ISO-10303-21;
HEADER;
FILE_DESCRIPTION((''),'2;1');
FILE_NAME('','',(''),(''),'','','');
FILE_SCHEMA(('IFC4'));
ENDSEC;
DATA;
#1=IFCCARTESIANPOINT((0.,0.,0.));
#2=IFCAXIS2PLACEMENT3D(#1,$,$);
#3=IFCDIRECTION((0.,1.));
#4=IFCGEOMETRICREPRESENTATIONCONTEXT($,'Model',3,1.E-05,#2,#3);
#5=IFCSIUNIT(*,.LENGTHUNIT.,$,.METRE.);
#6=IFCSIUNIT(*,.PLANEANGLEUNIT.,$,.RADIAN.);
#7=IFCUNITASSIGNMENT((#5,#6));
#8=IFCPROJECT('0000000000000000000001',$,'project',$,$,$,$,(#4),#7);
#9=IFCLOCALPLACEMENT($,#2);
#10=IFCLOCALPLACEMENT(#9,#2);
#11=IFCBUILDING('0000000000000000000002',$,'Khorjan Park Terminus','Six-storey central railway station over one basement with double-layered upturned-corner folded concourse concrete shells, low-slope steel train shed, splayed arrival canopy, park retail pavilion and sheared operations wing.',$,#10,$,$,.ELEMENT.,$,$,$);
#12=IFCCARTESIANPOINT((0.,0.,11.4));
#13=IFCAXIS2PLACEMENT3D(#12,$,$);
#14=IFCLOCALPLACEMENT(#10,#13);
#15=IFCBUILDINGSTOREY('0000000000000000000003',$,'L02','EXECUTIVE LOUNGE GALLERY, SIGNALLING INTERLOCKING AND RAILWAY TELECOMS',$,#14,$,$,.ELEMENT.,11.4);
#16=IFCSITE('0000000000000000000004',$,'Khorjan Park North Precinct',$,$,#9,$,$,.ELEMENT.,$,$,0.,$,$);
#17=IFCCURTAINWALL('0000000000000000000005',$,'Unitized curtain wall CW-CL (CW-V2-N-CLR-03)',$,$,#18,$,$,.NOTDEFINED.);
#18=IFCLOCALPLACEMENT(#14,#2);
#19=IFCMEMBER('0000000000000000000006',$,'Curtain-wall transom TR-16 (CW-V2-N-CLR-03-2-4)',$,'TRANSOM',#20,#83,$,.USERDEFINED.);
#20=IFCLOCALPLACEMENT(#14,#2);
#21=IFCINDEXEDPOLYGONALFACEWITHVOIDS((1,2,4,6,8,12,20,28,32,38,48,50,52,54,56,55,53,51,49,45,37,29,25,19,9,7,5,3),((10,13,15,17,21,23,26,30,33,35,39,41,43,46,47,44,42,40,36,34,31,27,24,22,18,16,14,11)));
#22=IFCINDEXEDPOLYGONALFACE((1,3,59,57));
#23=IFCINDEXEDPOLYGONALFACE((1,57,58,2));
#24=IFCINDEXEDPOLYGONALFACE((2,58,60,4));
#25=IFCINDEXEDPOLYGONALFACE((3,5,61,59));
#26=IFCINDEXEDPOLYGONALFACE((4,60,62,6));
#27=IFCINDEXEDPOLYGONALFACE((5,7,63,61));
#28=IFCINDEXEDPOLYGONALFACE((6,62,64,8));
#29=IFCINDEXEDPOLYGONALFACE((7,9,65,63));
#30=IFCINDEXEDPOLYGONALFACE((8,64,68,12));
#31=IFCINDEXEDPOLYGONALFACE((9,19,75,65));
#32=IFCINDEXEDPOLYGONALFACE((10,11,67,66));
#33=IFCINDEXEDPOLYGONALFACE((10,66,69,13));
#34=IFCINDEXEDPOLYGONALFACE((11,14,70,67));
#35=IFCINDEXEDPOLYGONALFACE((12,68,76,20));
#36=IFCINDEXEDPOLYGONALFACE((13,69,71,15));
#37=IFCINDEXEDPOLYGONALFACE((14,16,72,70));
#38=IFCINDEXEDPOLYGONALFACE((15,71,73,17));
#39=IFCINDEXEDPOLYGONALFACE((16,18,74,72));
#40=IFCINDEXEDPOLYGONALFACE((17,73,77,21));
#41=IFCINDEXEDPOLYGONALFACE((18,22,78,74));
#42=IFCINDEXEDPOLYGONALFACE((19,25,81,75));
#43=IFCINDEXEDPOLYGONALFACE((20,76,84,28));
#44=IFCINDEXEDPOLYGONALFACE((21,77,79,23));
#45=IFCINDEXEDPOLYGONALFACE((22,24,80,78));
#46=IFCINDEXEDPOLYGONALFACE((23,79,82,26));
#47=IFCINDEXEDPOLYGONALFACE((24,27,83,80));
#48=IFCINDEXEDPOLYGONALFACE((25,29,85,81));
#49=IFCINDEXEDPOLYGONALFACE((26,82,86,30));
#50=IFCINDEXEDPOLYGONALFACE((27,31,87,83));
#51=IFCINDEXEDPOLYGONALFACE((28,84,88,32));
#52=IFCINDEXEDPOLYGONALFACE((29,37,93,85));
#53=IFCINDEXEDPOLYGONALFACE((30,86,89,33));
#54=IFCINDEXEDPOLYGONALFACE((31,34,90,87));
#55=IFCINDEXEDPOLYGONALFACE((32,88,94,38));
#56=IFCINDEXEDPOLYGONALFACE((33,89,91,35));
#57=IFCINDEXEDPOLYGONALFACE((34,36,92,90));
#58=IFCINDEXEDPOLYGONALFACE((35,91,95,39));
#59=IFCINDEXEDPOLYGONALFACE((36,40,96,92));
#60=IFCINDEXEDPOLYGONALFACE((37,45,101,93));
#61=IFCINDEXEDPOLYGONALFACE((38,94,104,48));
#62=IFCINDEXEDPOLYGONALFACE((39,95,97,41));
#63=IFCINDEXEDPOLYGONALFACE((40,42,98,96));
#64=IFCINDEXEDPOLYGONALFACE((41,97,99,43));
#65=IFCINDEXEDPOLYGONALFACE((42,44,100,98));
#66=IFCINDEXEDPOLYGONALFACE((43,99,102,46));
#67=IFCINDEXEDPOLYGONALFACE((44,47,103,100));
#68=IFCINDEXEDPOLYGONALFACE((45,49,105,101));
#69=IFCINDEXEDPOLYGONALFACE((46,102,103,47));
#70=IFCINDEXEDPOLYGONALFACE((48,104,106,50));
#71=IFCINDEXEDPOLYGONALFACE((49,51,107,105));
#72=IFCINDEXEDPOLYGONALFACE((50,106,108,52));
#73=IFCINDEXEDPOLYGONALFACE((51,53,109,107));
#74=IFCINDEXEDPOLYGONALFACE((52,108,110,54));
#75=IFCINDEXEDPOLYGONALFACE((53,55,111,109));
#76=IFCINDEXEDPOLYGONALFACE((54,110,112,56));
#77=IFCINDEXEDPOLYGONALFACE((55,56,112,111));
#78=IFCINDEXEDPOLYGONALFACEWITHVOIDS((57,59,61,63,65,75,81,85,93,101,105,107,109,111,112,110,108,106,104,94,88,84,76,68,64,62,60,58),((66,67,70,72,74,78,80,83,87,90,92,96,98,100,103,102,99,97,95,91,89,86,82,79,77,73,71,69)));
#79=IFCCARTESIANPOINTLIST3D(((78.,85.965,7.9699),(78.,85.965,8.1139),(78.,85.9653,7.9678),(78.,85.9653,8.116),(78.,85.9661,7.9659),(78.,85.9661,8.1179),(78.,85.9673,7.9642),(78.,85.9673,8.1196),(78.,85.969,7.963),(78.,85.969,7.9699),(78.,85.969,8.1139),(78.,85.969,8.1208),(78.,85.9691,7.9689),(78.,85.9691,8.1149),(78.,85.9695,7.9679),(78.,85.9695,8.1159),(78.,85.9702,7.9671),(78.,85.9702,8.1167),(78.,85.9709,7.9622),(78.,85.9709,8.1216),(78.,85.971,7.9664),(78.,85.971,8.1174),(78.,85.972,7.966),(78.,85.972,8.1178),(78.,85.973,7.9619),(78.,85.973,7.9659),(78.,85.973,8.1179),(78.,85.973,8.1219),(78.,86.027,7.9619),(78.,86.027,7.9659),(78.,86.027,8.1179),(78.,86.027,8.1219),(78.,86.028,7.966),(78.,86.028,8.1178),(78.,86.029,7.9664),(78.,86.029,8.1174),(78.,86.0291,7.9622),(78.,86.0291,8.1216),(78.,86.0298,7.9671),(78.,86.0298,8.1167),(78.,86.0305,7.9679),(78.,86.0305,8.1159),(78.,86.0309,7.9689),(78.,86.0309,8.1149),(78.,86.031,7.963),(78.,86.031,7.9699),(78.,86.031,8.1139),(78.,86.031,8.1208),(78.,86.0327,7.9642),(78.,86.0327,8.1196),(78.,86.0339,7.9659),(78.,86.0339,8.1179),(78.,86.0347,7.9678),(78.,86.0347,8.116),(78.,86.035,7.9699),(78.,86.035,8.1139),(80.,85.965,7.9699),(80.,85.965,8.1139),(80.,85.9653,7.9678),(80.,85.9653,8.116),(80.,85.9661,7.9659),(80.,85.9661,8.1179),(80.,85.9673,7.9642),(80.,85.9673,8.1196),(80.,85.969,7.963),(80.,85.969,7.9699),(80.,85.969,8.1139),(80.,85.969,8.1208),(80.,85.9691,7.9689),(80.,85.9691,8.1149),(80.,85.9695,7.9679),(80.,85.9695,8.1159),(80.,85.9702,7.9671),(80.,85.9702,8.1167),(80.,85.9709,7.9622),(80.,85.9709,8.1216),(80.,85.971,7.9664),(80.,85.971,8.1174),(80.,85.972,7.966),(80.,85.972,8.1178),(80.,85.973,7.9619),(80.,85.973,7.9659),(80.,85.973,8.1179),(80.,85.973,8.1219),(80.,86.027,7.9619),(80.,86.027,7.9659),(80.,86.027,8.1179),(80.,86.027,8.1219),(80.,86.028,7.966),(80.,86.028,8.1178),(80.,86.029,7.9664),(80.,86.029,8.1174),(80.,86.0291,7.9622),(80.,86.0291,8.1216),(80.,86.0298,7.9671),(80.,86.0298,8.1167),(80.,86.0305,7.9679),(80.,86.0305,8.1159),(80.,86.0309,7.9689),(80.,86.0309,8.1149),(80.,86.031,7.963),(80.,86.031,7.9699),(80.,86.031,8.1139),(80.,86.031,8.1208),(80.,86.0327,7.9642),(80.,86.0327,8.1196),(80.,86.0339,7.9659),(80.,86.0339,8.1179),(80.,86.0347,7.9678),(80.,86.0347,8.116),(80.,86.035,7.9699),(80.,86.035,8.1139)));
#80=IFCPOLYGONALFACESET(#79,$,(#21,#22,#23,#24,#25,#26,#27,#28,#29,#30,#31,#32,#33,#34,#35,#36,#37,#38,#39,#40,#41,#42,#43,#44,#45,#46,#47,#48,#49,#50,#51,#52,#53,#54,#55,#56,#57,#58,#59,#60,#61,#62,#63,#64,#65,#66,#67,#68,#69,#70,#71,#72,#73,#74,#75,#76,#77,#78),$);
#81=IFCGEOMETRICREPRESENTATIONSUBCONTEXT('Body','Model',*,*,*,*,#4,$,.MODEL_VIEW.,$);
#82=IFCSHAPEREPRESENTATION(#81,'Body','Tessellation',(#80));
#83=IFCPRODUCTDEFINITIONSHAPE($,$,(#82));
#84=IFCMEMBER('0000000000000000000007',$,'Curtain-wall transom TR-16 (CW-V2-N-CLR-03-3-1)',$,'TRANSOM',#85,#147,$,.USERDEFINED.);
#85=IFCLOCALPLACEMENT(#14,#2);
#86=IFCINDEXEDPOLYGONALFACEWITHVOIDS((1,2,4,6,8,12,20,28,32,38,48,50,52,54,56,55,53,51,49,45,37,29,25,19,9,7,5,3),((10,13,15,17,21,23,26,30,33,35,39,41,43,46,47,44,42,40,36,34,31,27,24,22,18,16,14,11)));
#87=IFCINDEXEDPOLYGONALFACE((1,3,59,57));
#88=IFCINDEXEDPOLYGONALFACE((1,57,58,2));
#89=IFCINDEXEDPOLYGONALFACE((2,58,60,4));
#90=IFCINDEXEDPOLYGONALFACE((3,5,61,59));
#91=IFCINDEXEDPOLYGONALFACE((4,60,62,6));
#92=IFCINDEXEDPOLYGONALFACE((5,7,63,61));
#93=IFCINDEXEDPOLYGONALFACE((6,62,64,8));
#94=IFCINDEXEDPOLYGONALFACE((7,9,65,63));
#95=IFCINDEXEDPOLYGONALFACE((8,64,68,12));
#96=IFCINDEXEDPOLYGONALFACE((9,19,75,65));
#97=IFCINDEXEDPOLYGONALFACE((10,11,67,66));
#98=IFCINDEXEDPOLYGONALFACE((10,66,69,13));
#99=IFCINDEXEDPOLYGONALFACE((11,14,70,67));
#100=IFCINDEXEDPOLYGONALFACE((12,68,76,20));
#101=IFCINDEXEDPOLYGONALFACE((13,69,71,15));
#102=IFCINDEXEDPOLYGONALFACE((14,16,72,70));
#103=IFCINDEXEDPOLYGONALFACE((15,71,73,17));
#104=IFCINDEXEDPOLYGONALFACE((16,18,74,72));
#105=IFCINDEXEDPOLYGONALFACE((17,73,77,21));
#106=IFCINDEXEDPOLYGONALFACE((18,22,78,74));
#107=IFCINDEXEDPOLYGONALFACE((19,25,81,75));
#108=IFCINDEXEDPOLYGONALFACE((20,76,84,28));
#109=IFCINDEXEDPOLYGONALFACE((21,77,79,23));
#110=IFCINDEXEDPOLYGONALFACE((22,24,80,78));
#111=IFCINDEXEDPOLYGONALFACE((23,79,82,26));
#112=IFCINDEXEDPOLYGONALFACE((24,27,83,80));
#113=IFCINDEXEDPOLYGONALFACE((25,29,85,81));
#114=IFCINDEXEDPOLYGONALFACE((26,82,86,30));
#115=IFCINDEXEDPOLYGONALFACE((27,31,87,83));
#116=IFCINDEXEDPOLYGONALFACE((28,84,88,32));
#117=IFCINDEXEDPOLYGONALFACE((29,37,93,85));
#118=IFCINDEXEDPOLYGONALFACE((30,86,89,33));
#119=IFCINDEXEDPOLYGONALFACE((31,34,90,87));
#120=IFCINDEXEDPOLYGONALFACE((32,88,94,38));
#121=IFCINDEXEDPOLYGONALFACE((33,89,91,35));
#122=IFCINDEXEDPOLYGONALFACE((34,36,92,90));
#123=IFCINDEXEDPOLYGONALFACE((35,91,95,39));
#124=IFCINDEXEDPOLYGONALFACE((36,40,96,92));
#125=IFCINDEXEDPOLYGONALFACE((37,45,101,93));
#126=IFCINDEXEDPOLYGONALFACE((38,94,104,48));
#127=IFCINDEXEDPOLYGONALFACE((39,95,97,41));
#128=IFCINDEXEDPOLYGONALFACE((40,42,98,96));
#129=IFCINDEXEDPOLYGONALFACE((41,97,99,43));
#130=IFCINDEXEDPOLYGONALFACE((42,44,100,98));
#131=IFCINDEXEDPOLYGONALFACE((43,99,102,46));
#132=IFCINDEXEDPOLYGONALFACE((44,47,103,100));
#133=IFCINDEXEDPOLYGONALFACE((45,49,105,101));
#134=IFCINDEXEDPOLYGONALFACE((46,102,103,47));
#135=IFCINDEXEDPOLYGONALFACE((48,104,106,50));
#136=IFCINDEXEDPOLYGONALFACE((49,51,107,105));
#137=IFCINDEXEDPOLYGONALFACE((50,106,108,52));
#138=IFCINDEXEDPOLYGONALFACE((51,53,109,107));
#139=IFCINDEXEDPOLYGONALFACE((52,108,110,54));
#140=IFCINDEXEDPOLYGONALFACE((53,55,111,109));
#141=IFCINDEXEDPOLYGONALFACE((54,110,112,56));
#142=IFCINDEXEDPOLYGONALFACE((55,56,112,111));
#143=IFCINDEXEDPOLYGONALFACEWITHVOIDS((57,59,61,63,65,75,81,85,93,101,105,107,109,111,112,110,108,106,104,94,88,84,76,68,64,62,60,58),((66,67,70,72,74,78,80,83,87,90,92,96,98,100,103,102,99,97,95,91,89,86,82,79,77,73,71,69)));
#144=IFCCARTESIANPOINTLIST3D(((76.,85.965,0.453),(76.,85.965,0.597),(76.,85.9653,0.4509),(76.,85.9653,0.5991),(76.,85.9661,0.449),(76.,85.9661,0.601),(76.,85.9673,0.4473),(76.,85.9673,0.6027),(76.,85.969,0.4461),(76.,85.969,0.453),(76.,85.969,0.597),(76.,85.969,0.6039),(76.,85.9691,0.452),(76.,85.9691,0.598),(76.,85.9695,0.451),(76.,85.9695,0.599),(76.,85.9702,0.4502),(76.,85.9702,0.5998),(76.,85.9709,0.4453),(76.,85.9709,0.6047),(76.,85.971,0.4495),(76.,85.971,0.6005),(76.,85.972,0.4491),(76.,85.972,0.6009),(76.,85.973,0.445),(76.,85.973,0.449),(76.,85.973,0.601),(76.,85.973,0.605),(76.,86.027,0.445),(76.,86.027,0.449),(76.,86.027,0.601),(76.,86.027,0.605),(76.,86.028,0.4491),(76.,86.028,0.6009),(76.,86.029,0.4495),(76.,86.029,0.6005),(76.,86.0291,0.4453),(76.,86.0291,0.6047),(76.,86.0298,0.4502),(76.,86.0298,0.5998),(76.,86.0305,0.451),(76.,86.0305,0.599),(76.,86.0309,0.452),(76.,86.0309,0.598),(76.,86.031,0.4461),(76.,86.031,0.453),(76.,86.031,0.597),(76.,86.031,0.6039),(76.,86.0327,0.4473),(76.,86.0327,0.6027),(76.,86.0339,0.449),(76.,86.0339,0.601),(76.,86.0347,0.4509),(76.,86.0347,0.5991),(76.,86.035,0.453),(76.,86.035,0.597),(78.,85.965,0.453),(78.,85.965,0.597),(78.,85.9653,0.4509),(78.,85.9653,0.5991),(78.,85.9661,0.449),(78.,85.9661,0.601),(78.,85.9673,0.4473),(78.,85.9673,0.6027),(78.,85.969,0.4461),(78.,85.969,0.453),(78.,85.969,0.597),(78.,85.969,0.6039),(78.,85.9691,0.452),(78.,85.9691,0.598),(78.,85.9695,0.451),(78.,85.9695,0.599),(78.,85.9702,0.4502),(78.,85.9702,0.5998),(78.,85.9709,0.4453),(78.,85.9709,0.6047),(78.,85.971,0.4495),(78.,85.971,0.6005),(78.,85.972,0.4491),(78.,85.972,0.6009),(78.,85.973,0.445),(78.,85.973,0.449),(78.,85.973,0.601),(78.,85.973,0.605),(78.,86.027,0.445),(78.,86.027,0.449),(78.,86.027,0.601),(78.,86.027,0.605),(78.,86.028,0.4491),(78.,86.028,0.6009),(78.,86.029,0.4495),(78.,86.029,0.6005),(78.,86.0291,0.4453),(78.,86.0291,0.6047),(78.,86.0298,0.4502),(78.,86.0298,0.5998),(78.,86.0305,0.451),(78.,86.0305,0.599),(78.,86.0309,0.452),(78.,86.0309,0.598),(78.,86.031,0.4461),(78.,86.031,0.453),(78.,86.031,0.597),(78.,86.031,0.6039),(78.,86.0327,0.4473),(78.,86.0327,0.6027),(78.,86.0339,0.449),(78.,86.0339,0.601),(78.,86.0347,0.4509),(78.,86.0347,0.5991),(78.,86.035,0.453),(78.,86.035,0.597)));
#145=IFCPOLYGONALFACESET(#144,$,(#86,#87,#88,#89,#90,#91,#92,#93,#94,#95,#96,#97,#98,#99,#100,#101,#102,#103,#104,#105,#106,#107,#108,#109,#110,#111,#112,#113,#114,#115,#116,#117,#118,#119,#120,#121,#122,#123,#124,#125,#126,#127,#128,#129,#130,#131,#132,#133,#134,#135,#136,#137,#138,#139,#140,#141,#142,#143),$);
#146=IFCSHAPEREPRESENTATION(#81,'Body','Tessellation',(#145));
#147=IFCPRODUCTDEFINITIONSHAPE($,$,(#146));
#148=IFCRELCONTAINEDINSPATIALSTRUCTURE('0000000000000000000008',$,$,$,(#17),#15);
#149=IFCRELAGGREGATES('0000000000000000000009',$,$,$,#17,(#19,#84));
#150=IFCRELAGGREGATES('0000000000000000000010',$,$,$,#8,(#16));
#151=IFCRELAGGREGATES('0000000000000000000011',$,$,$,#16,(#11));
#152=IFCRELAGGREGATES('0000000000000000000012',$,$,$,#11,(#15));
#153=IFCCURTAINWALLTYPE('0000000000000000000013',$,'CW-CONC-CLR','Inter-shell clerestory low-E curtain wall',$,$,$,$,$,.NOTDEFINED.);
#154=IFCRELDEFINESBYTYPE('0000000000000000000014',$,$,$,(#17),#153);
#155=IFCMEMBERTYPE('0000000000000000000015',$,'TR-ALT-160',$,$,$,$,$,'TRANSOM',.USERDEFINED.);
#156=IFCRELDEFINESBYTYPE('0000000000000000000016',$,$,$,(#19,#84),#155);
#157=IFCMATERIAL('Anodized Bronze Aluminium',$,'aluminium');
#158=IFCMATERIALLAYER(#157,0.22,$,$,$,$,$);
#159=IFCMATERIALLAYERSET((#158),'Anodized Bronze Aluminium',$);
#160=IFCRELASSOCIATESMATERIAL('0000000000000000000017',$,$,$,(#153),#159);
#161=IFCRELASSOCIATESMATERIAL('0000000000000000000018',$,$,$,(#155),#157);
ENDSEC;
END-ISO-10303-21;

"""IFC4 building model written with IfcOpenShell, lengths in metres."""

from ifc_helpers import new_model, si_unit, direction, frame, origin, origin_2d, place, context, subcontext, project, spatial, hollow_rectangle, extrude, material, layer, layer_set, material_profile, profile_set, type_object, element, aggregate, save


model = new_model("IFC4")

# Units and contexts
model_context = context("Model", 3, precision=1e-05, world=origin(), true_north=direction((0.0, 1.0)))
body_context = subcontext(model_context, "Body", "Model", "MODEL_VIEW")
ifc_project = project(units=[si_unit("LENGTHUNIT", "METRE"), si_unit("PLANEANGLEUNIT", "RADIAN")], contexts=[model_context])

# Site, building, storey
site_placement = place(None, origin())
site = spatial("IfcSite", under=ifc_project, at=site_placement, Name="Khorjan Park North Precinct", CompositionType="ELEMENT", RefElevation=0.0)
building_placement = place(site_placement, origin())
building = spatial("IfcBuilding", under=site, at=building_placement, Name="Khorjan Park Terminus", Description="Six-storey central railway station over one basement with double-layered upturned-corner folded concourse concrete shells, low-slope steel train shed, splayed arrival canopy, park retail pavilion and sheared operations wing.", CompositionType="ELEMENT")
storey_placement = place(building_placement, frame((0.0, 0.0, 11.4)))
storey = spatial("IfcBuildingStorey", under=building, at=storey_placement, Name="L02", Description="EXECUTIVE LOUNGE GALLERY, SIGNALLING INTERLOCKING AND RAILWAY TELECOMS", CompositionType="ELEMENT", Elevation=11.4)

# Curtain wall
ifc_material_1 = material(Name="Anodized Bronze Aluminium", Category="aluminium")
ifc_layer_1 = layer(ifc_material_1, 0.22)
ifc_layer_set_1 = layer_set([ifc_layer_1], Name="Anodized Bronze Aluminium")
curtain_wall_type = type_object("IfcCurtainWallType", Name="CW-CONC-CLR", Description="Inter-shell clerestory low-E curtain wall", PredefinedType="NOTDEFINED", material=ifc_layer_set_1)
curtain_wall_1_placement = place(storey_placement, origin())
curtain_wall_1 = element("IfcCurtainWall", 1, at=curtain_wall_1_placement, inside=storey, type_object=curtain_wall_type, Name="Unitized curtain wall CW-CL (CW-V2-N-CLR-03)", PredefinedType="NOTDEFINED")

# Members
ifc_material_profile_1 = material_profile(ifc_material_1, hollow_rectangle(XDim=0.07, YDim=0.16, WallThickness=0.004, InnerFilletRadius=0.004, OuterFilletRadius=0.008, at=origin_2d()), Name="ALT 70x160x4")
ifc_profile_set_1 = profile_set([ifc_material_profile_1], Name="Anodized Bronze Aluminium")
member_type_1 = type_object("IfcMemberType", Name="TR-ALT-160", ElementType="TRANSOM", PredefinedType="USERDEFINED", material=ifc_profile_set_1)
member_1_placement = place(storey_placement, frame((80.0, 86.0, 8.0419), z_axis=(-1.0, 0.0, 0.0), x_axis=(0.0, -1.0, 0.0)))
member_1 = element("IfcMember", 2, at=member_1_placement, type_object=member_type_1, Name="Curtain-wall transom TR-16 (CW-V2-N-CLR-03-2-4)", ObjectType="TRANSOM", PredefinedType="USERDEFINED", context=body_context, shape_type="SweptSolid", body=[
    extrude(hollow_rectangle(XDim=0.07, YDim=0.16, WallThickness=0.004, InnerFilletRadius=0.004, OuterFilletRadius=0.008, at=origin_2d()), origin(), (0.0, 0.0, 1.0), 2.0),
])
member_2_placement = place(storey_placement, frame((78.0, 86.0, 0.525), z_axis=(-1.0, 0.0, 0.0), x_axis=(0.0, -1.0, 0.0)))
member_2 = element("IfcMember", 3, at=member_2_placement, type_object=member_type_1, Name="Curtain-wall transom TR-16 (CW-V2-N-CLR-03-3-1)", ObjectType="TRANSOM", PredefinedType="USERDEFINED", context=body_context, shape_type="SweptSolid", body=[
    extrude(hollow_rectangle(XDim=0.07, YDim=0.16, WallThickness=0.004, InnerFilletRadius=0.004, OuterFilletRadius=0.008, at=origin_2d()), origin(), (0.0, 0.0, 1.0), 2.0),
])

aggregate(curtain_wall_1, [member_1, member_2])

save(model, "model.ifc")
